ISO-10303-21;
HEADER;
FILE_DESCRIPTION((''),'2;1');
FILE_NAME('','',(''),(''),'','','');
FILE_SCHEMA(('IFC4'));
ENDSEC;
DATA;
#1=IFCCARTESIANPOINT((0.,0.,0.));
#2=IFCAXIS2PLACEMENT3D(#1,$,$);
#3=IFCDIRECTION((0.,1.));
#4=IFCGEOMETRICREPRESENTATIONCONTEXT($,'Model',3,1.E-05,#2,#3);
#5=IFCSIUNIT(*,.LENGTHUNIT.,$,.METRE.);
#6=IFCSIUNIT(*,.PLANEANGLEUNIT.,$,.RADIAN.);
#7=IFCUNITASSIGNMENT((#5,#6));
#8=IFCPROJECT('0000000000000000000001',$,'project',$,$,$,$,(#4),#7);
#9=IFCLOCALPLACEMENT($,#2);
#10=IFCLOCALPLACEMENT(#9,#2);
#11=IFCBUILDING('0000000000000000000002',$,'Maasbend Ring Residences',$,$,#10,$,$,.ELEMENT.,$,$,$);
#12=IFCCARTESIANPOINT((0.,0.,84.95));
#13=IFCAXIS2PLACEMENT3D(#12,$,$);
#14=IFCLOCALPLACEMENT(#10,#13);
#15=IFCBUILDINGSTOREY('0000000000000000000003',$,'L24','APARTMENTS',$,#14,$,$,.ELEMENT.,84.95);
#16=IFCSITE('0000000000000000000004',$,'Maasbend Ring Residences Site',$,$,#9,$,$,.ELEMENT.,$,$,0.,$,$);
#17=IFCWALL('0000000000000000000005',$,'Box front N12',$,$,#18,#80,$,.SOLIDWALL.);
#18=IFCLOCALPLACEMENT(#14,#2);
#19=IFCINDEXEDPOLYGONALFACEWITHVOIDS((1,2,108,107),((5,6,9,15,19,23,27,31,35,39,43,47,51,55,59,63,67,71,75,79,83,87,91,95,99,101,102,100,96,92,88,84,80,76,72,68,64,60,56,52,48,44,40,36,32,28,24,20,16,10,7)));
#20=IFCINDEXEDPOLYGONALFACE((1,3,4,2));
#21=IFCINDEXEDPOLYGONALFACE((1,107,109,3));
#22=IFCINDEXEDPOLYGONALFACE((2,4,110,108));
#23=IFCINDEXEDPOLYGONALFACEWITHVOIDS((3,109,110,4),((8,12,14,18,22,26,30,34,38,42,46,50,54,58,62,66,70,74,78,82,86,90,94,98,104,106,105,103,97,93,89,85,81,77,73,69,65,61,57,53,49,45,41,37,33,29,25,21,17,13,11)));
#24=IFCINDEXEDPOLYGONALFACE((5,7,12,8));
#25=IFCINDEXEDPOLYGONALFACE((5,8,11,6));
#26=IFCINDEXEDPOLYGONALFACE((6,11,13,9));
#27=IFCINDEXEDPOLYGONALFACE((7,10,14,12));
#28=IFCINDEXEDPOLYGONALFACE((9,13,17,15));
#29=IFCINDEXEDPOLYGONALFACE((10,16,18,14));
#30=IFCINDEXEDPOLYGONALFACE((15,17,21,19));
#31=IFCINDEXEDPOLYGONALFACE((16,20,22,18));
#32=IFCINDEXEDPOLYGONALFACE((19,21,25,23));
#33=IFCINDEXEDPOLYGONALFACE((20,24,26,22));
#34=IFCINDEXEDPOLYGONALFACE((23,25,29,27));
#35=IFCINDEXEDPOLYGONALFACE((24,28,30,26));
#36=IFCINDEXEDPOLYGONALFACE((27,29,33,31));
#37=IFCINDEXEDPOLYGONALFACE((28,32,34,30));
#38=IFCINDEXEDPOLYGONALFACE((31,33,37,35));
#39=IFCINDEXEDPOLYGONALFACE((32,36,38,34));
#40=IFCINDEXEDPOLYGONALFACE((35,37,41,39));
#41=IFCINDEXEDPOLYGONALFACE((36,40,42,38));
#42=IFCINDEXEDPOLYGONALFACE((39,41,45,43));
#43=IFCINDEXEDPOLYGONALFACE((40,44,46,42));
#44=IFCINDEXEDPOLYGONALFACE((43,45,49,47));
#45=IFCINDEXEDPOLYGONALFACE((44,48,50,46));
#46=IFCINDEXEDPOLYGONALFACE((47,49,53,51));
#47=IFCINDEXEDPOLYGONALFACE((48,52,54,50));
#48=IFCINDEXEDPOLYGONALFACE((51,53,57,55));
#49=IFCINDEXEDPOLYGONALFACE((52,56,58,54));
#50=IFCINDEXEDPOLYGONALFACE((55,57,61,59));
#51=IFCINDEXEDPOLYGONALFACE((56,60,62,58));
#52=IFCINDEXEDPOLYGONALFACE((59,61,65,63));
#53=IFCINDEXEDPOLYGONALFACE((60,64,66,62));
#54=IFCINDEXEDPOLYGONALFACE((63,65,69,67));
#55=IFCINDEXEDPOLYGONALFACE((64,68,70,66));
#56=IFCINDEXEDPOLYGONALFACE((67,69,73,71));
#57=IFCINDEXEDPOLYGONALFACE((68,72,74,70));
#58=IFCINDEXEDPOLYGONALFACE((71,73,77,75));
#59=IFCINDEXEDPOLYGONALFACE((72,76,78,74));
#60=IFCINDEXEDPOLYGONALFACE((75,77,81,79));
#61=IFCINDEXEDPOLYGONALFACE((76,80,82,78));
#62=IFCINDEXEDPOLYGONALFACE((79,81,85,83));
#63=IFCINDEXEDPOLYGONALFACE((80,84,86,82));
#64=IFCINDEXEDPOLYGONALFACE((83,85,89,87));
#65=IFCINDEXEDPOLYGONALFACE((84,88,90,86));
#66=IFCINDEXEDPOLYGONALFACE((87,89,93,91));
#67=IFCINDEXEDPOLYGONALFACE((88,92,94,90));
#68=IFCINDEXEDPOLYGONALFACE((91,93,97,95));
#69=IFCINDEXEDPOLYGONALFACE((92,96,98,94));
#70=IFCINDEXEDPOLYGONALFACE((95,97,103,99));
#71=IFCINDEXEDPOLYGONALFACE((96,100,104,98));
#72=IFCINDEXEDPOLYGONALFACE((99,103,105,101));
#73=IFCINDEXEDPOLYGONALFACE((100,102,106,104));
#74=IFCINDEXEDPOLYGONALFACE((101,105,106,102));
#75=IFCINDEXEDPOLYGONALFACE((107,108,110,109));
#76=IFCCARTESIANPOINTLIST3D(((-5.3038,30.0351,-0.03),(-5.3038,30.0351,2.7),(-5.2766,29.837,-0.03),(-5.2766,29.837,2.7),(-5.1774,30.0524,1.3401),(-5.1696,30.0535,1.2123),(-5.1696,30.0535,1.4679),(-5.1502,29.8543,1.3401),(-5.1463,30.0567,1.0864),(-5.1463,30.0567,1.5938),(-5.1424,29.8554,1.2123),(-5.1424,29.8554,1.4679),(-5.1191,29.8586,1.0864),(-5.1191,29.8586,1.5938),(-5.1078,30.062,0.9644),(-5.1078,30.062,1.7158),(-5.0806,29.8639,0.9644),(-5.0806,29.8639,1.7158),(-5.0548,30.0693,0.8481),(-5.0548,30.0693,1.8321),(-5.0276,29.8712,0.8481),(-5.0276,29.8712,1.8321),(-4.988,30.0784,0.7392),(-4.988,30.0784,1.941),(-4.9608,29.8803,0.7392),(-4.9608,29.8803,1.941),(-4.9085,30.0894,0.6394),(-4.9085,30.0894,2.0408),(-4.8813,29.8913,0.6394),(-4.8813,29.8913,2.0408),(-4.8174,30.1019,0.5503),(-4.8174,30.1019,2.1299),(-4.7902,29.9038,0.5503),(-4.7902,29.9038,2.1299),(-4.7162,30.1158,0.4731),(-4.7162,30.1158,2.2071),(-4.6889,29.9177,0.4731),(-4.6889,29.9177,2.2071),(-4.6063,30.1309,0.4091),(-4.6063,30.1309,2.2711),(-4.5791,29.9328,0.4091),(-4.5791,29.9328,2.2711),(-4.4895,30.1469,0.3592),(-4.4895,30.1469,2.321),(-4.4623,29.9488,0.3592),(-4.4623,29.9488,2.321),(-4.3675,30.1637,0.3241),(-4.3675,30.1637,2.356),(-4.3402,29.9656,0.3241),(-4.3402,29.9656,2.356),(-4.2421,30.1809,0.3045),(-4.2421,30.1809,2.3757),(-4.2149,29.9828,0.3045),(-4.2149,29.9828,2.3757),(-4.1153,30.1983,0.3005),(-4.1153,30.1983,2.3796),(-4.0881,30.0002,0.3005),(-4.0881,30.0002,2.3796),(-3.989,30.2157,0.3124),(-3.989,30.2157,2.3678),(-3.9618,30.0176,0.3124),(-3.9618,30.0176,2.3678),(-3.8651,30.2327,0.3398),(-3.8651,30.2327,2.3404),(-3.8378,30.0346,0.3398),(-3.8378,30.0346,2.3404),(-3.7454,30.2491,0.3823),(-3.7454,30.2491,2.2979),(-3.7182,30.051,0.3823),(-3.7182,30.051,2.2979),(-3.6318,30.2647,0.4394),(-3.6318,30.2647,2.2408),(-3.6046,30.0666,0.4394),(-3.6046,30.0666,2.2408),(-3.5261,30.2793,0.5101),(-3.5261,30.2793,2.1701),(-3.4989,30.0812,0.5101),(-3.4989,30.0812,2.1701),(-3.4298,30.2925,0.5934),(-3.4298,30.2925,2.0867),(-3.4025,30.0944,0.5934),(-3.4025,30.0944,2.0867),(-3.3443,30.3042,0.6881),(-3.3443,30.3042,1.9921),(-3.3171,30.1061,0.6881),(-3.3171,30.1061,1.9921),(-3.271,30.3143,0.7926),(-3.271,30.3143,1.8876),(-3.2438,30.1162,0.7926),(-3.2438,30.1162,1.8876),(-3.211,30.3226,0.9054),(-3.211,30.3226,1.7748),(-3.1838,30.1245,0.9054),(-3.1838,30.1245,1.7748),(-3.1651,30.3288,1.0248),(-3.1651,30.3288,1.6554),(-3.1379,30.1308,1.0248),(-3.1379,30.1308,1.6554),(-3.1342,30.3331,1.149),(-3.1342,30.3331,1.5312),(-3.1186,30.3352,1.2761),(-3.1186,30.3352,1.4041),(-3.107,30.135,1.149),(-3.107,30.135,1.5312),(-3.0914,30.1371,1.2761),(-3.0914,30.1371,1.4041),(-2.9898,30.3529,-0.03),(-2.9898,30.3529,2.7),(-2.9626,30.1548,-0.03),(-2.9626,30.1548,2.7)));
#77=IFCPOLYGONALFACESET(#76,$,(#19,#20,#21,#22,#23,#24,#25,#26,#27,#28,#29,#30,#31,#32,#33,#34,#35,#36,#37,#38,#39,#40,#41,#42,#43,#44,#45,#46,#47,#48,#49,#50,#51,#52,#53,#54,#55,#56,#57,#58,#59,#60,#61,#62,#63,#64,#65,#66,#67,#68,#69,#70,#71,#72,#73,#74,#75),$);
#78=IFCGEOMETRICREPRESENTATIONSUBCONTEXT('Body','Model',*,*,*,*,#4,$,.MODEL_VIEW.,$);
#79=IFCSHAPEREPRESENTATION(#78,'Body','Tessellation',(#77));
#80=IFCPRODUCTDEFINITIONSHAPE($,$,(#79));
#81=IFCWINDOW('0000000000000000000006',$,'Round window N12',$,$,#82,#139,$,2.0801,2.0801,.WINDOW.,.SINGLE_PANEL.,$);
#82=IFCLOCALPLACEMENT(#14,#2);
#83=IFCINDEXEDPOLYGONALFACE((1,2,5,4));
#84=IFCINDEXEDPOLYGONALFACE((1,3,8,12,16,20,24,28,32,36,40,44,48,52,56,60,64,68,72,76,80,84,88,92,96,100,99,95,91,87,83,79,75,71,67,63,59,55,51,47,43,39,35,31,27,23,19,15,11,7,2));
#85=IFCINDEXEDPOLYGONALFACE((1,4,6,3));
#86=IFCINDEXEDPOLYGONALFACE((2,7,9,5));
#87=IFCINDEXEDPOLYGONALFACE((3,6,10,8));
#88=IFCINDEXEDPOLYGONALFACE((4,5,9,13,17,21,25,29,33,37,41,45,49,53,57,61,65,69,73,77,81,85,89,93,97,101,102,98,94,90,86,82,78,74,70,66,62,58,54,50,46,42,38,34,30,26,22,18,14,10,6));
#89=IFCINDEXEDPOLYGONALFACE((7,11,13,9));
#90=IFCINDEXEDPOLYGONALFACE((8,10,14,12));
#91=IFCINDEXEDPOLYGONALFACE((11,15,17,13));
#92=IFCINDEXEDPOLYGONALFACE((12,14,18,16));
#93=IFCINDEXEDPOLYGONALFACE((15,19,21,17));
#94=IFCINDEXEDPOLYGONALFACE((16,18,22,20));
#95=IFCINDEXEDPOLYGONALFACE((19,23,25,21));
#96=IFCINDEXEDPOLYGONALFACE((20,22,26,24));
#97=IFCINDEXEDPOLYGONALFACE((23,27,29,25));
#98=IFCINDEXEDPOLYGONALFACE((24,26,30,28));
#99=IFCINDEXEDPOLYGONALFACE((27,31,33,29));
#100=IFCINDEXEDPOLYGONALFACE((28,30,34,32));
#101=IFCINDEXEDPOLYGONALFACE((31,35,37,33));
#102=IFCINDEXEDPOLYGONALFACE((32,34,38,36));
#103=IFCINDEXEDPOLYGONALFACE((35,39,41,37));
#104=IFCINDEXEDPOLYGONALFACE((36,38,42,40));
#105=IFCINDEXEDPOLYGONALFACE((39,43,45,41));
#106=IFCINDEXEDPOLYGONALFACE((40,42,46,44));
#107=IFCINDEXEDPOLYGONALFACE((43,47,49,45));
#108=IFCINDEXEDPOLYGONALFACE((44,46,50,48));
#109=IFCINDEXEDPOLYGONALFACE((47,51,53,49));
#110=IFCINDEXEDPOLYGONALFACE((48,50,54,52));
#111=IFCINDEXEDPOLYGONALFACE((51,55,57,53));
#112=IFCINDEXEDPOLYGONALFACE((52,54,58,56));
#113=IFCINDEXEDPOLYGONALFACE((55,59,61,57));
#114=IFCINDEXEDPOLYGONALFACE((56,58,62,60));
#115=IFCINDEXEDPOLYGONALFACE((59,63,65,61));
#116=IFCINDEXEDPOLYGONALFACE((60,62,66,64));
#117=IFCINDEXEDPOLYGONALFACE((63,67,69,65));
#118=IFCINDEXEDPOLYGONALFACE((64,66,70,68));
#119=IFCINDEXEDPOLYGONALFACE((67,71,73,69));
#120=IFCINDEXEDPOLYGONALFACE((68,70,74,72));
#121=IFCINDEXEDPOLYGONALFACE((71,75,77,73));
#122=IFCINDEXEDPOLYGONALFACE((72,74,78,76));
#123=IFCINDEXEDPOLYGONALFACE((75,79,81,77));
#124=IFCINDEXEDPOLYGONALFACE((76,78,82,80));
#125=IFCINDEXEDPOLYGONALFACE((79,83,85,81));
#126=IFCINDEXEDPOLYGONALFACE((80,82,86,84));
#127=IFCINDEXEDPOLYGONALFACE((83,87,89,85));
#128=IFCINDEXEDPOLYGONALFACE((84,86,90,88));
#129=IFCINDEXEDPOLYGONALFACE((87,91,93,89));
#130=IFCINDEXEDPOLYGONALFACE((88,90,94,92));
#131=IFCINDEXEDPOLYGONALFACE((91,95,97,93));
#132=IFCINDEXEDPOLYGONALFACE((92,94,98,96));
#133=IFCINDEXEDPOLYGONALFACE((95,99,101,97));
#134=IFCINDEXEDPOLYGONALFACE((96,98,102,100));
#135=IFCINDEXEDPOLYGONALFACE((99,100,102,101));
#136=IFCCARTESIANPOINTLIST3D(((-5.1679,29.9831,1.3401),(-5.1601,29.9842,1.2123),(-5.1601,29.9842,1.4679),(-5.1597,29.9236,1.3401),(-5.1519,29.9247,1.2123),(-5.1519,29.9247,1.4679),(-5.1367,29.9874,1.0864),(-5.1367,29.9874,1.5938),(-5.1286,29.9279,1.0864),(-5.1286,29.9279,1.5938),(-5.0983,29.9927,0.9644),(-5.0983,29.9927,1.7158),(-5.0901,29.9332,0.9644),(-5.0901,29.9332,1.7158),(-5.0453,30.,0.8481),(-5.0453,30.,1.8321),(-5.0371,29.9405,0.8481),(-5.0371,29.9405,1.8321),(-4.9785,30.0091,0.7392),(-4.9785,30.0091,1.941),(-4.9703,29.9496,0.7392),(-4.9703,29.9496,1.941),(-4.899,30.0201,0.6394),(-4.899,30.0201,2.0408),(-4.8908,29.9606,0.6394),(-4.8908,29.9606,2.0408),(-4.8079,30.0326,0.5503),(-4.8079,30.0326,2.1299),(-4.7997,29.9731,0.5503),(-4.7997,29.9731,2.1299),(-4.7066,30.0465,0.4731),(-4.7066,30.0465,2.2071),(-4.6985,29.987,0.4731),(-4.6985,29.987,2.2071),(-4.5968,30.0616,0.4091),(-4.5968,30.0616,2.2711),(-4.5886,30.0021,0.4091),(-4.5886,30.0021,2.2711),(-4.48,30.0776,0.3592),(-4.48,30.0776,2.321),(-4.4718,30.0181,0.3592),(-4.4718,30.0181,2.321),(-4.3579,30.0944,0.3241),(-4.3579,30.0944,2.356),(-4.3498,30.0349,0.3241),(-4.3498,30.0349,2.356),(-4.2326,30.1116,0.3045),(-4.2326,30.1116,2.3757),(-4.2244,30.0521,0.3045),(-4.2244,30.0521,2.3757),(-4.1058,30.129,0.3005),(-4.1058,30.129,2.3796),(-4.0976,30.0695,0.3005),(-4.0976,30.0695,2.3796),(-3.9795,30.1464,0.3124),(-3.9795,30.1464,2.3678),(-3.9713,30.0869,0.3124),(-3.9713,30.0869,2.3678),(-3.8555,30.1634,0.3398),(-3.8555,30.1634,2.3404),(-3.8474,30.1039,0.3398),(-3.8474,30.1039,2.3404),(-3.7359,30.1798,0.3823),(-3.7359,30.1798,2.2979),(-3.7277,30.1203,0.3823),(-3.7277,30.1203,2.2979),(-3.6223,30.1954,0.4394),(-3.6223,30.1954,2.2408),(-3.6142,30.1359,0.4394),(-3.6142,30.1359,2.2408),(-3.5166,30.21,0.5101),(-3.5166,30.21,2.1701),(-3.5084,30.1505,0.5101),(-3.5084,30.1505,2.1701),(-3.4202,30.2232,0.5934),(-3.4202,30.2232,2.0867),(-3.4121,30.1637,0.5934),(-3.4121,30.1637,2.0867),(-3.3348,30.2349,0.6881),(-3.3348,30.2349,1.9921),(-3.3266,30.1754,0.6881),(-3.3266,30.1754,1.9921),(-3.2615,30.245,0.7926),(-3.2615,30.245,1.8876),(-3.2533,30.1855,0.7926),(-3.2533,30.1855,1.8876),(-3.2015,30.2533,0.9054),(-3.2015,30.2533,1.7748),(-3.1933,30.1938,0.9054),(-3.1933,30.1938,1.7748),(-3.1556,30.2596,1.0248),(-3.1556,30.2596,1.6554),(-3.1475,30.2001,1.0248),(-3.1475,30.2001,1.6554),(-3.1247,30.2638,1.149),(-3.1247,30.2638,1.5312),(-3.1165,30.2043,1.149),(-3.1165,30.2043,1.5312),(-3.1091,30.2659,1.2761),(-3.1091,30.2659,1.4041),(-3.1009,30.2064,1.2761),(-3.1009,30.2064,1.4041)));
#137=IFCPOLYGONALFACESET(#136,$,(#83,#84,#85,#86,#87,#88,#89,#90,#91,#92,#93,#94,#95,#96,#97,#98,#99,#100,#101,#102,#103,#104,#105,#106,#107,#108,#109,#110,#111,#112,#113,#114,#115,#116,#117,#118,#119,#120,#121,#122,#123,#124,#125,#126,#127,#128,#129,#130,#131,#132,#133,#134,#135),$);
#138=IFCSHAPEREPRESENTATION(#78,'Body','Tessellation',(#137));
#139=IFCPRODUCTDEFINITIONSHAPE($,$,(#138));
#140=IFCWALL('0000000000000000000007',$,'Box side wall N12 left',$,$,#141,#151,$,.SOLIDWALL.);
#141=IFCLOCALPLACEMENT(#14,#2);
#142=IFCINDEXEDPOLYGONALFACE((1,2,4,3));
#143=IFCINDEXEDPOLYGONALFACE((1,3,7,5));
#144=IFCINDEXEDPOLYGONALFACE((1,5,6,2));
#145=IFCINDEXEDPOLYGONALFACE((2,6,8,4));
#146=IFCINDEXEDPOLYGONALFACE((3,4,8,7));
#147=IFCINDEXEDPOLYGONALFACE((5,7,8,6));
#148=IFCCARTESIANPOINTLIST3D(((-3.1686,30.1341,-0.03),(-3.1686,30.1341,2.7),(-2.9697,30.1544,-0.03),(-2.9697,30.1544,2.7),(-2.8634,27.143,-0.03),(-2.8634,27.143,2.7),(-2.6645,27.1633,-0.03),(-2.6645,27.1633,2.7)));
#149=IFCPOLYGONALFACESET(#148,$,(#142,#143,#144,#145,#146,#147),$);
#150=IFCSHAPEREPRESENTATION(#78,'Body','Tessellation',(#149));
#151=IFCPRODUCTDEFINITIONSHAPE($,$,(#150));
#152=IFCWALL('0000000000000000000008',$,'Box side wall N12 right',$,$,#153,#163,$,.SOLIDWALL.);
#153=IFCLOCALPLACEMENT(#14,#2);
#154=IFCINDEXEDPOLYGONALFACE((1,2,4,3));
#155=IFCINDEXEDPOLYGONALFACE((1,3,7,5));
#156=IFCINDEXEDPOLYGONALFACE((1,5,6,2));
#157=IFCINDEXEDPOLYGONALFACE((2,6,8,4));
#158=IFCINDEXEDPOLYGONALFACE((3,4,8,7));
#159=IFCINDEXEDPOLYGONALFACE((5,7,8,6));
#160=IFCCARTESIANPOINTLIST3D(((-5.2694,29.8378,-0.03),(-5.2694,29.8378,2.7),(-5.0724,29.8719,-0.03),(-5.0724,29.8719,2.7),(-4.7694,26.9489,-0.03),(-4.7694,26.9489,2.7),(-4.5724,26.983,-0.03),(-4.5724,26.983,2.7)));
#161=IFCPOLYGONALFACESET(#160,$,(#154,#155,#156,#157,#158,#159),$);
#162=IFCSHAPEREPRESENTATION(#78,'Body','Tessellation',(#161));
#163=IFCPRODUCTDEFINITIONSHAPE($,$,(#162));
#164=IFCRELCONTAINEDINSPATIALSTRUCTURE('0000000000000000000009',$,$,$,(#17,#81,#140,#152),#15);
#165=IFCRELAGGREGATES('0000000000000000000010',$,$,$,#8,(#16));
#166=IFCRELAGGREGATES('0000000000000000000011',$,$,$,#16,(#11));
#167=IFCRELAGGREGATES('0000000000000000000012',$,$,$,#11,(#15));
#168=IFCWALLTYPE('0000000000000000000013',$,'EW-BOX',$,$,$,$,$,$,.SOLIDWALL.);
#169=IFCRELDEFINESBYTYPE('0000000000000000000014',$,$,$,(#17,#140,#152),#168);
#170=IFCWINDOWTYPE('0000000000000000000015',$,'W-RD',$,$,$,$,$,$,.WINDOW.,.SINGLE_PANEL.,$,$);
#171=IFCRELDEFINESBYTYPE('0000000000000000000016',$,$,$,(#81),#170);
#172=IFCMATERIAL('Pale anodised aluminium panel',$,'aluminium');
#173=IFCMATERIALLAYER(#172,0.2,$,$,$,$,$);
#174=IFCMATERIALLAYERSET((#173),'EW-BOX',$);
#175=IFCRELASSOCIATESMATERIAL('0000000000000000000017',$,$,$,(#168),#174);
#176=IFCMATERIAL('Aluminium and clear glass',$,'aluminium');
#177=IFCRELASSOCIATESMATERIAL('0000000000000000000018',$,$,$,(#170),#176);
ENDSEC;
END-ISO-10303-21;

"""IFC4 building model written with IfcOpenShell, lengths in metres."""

from ifc_helpers import new_model, si_unit, direction, frame, frame_2d, origin, place, context, subcontext, project, spatial, rectangle, circle, extrude, material, layer, layer_set, type_object, element, fill, save


model = new_model("IFC4")

# Units and contexts
model_context = context("Model", 3, precision=1e-05, world=origin(), true_north=direction((0.0, 1.0)))
body_context = subcontext(model_context, "Body", "Model", "MODEL_VIEW")
ifc_project = project(units=[si_unit("LENGTHUNIT", "METRE"), si_unit("PLANEANGLEUNIT", "RADIAN")], contexts=[model_context])

# Site, building, storey
site_placement = place(None, origin())
site = spatial("IfcSite", under=ifc_project, at=site_placement, Name="Maasbend Ring Residences Site", CompositionType="ELEMENT", RefElevation=0.0)
building_placement = place(site_placement, origin())
building = spatial("IfcBuilding", under=site, at=building_placement, Name="Maasbend Ring Residences", CompositionType="ELEMENT")
storey_placement = place(building_placement, frame((0.0, 0.0, 84.95)))
storey = spatial("IfcBuildingStorey", under=building, at=storey_placement, Name="L24", Description="APARTMENTS", CompositionType="ELEMENT", Elevation=84.95)

# Wall, opening, window
ifc_material_1 = material(Name="Pale anodised aluminium panel", Category="aluminium")
ifc_layer_1 = layer(ifc_material_1, 0.2)
ifc_layer_set_1 = layer_set([ifc_layer_1], Name="EW-BOX")
wall_type_1 = type_object("IfcWallType", Name="EW-BOX", PredefinedType="SOLIDWALL", material=ifc_layer_set_1)
wall_1_placement = place(storey_placement, frame((-2.9761, 30.2539, -0.03), z_axis=(0.0, 0.0, 1.0), x_axis=(-0.990696, -0.136093, 0.0)))
wall_1 = element("IfcWall", 1, at=wall_1_placement, inside=storey, type_object=wall_type_1, Name="Box front N12", PredefinedType="SOLIDWALL", context=body_context, shape_type="SweptSolid", body=[
    extrude(rectangle(XDim=2.3357, YDim=0.2, at=frame_2d((1.168, 0.0))), origin(), (0.0, 0.0, 1.0), 2.73),
])
opening_1_placement = place(wall_1_placement, frame((0.1282, 0.0, 0.3301)))
opening_1 = element("IfcOpeningElement", 2, at=opening_1_placement, cuts=wall_1, PredefinedType="OPENING", context=body_context, shape_type="SweptSolid", body=[
    extrude(circle(Radius=1.04, at=frame_2d((1.04, 1.04))), frame((0.0, 0.1099, 0.0), z_axis=(0.0, -1.0, 0.0), x_axis=(1.0, 0.0, 0.0)), (0.0, 0.0, 1.0), 0.22),
])
ifc_material_2 = material(Name="Aluminium and clear glass", Category="aluminium")
window_type_1 = type_object("IfcWindowType", Name="W-RD", PartitioningType="SINGLE_PANEL", PredefinedType="WINDOW", material=ifc_material_2)
window_1_placement = place(opening_1_placement, origin())
window_1 = element("IfcWindow", 3, at=window_1_placement, inside=storey, type_object=window_type_1, Name="Round window N12", OverallHeight=2.0801, OverallWidth=2.0801, PartitioningType="SINGLE_PANEL", PredefinedType="WINDOW", context=body_context, shape_type="SweptSolid", body=[
    extrude(circle(Radius=1.04, at=frame_2d((1.04, 1.04))), frame((0.0, 0.03, 0.0), z_axis=(0.0, -1.0, 0.0), x_axis=(1.0, 0.0, 0.0)), (0.0, 0.0, 1.0), 0.0601),
])
fill(opening_1, window_1)

# Walls
wall_2_placement = place(storey_placement, frame((-2.7639, 27.1531, -0.03), z_axis=(0.0, 0.0, 1.0), x_axis=(-0.101505, 0.994835, 0.0)))
element("IfcWall", 4, at=wall_2_placement, inside=storey, type_object=wall_type_1, Name="Box side wall N12 left", PredefinedType="SOLIDWALL", context=body_context, shape_type="SweptSolid", body=[
    extrude(rectangle(XDim=3.0066, YDim=0.2, at=frame_2d((1.5034, 0.0))), origin(), (0.0, 0.0, 1.0), 2.73),
])
wall_3_placement = place(storey_placement, frame((-4.6709, 26.9661, -0.03), z_axis=(0.0, 0.0, 1.0), x_axis=(-0.17054, 0.985351, 0.0)))
element("IfcWall", 5, at=wall_3_placement, inside=storey, type_object=wall_type_1, Name="Box side wall N12 right", PredefinedType="SOLIDWALL", context=body_context, shape_type="SweptSolid", body=[
    extrude(rectangle(XDim=2.9319, YDim=0.2, at=frame_2d((1.4658, 0.0))), origin(), (0.0, 0.0, 1.0), 2.73),
])

save(model, "model.ifc")
